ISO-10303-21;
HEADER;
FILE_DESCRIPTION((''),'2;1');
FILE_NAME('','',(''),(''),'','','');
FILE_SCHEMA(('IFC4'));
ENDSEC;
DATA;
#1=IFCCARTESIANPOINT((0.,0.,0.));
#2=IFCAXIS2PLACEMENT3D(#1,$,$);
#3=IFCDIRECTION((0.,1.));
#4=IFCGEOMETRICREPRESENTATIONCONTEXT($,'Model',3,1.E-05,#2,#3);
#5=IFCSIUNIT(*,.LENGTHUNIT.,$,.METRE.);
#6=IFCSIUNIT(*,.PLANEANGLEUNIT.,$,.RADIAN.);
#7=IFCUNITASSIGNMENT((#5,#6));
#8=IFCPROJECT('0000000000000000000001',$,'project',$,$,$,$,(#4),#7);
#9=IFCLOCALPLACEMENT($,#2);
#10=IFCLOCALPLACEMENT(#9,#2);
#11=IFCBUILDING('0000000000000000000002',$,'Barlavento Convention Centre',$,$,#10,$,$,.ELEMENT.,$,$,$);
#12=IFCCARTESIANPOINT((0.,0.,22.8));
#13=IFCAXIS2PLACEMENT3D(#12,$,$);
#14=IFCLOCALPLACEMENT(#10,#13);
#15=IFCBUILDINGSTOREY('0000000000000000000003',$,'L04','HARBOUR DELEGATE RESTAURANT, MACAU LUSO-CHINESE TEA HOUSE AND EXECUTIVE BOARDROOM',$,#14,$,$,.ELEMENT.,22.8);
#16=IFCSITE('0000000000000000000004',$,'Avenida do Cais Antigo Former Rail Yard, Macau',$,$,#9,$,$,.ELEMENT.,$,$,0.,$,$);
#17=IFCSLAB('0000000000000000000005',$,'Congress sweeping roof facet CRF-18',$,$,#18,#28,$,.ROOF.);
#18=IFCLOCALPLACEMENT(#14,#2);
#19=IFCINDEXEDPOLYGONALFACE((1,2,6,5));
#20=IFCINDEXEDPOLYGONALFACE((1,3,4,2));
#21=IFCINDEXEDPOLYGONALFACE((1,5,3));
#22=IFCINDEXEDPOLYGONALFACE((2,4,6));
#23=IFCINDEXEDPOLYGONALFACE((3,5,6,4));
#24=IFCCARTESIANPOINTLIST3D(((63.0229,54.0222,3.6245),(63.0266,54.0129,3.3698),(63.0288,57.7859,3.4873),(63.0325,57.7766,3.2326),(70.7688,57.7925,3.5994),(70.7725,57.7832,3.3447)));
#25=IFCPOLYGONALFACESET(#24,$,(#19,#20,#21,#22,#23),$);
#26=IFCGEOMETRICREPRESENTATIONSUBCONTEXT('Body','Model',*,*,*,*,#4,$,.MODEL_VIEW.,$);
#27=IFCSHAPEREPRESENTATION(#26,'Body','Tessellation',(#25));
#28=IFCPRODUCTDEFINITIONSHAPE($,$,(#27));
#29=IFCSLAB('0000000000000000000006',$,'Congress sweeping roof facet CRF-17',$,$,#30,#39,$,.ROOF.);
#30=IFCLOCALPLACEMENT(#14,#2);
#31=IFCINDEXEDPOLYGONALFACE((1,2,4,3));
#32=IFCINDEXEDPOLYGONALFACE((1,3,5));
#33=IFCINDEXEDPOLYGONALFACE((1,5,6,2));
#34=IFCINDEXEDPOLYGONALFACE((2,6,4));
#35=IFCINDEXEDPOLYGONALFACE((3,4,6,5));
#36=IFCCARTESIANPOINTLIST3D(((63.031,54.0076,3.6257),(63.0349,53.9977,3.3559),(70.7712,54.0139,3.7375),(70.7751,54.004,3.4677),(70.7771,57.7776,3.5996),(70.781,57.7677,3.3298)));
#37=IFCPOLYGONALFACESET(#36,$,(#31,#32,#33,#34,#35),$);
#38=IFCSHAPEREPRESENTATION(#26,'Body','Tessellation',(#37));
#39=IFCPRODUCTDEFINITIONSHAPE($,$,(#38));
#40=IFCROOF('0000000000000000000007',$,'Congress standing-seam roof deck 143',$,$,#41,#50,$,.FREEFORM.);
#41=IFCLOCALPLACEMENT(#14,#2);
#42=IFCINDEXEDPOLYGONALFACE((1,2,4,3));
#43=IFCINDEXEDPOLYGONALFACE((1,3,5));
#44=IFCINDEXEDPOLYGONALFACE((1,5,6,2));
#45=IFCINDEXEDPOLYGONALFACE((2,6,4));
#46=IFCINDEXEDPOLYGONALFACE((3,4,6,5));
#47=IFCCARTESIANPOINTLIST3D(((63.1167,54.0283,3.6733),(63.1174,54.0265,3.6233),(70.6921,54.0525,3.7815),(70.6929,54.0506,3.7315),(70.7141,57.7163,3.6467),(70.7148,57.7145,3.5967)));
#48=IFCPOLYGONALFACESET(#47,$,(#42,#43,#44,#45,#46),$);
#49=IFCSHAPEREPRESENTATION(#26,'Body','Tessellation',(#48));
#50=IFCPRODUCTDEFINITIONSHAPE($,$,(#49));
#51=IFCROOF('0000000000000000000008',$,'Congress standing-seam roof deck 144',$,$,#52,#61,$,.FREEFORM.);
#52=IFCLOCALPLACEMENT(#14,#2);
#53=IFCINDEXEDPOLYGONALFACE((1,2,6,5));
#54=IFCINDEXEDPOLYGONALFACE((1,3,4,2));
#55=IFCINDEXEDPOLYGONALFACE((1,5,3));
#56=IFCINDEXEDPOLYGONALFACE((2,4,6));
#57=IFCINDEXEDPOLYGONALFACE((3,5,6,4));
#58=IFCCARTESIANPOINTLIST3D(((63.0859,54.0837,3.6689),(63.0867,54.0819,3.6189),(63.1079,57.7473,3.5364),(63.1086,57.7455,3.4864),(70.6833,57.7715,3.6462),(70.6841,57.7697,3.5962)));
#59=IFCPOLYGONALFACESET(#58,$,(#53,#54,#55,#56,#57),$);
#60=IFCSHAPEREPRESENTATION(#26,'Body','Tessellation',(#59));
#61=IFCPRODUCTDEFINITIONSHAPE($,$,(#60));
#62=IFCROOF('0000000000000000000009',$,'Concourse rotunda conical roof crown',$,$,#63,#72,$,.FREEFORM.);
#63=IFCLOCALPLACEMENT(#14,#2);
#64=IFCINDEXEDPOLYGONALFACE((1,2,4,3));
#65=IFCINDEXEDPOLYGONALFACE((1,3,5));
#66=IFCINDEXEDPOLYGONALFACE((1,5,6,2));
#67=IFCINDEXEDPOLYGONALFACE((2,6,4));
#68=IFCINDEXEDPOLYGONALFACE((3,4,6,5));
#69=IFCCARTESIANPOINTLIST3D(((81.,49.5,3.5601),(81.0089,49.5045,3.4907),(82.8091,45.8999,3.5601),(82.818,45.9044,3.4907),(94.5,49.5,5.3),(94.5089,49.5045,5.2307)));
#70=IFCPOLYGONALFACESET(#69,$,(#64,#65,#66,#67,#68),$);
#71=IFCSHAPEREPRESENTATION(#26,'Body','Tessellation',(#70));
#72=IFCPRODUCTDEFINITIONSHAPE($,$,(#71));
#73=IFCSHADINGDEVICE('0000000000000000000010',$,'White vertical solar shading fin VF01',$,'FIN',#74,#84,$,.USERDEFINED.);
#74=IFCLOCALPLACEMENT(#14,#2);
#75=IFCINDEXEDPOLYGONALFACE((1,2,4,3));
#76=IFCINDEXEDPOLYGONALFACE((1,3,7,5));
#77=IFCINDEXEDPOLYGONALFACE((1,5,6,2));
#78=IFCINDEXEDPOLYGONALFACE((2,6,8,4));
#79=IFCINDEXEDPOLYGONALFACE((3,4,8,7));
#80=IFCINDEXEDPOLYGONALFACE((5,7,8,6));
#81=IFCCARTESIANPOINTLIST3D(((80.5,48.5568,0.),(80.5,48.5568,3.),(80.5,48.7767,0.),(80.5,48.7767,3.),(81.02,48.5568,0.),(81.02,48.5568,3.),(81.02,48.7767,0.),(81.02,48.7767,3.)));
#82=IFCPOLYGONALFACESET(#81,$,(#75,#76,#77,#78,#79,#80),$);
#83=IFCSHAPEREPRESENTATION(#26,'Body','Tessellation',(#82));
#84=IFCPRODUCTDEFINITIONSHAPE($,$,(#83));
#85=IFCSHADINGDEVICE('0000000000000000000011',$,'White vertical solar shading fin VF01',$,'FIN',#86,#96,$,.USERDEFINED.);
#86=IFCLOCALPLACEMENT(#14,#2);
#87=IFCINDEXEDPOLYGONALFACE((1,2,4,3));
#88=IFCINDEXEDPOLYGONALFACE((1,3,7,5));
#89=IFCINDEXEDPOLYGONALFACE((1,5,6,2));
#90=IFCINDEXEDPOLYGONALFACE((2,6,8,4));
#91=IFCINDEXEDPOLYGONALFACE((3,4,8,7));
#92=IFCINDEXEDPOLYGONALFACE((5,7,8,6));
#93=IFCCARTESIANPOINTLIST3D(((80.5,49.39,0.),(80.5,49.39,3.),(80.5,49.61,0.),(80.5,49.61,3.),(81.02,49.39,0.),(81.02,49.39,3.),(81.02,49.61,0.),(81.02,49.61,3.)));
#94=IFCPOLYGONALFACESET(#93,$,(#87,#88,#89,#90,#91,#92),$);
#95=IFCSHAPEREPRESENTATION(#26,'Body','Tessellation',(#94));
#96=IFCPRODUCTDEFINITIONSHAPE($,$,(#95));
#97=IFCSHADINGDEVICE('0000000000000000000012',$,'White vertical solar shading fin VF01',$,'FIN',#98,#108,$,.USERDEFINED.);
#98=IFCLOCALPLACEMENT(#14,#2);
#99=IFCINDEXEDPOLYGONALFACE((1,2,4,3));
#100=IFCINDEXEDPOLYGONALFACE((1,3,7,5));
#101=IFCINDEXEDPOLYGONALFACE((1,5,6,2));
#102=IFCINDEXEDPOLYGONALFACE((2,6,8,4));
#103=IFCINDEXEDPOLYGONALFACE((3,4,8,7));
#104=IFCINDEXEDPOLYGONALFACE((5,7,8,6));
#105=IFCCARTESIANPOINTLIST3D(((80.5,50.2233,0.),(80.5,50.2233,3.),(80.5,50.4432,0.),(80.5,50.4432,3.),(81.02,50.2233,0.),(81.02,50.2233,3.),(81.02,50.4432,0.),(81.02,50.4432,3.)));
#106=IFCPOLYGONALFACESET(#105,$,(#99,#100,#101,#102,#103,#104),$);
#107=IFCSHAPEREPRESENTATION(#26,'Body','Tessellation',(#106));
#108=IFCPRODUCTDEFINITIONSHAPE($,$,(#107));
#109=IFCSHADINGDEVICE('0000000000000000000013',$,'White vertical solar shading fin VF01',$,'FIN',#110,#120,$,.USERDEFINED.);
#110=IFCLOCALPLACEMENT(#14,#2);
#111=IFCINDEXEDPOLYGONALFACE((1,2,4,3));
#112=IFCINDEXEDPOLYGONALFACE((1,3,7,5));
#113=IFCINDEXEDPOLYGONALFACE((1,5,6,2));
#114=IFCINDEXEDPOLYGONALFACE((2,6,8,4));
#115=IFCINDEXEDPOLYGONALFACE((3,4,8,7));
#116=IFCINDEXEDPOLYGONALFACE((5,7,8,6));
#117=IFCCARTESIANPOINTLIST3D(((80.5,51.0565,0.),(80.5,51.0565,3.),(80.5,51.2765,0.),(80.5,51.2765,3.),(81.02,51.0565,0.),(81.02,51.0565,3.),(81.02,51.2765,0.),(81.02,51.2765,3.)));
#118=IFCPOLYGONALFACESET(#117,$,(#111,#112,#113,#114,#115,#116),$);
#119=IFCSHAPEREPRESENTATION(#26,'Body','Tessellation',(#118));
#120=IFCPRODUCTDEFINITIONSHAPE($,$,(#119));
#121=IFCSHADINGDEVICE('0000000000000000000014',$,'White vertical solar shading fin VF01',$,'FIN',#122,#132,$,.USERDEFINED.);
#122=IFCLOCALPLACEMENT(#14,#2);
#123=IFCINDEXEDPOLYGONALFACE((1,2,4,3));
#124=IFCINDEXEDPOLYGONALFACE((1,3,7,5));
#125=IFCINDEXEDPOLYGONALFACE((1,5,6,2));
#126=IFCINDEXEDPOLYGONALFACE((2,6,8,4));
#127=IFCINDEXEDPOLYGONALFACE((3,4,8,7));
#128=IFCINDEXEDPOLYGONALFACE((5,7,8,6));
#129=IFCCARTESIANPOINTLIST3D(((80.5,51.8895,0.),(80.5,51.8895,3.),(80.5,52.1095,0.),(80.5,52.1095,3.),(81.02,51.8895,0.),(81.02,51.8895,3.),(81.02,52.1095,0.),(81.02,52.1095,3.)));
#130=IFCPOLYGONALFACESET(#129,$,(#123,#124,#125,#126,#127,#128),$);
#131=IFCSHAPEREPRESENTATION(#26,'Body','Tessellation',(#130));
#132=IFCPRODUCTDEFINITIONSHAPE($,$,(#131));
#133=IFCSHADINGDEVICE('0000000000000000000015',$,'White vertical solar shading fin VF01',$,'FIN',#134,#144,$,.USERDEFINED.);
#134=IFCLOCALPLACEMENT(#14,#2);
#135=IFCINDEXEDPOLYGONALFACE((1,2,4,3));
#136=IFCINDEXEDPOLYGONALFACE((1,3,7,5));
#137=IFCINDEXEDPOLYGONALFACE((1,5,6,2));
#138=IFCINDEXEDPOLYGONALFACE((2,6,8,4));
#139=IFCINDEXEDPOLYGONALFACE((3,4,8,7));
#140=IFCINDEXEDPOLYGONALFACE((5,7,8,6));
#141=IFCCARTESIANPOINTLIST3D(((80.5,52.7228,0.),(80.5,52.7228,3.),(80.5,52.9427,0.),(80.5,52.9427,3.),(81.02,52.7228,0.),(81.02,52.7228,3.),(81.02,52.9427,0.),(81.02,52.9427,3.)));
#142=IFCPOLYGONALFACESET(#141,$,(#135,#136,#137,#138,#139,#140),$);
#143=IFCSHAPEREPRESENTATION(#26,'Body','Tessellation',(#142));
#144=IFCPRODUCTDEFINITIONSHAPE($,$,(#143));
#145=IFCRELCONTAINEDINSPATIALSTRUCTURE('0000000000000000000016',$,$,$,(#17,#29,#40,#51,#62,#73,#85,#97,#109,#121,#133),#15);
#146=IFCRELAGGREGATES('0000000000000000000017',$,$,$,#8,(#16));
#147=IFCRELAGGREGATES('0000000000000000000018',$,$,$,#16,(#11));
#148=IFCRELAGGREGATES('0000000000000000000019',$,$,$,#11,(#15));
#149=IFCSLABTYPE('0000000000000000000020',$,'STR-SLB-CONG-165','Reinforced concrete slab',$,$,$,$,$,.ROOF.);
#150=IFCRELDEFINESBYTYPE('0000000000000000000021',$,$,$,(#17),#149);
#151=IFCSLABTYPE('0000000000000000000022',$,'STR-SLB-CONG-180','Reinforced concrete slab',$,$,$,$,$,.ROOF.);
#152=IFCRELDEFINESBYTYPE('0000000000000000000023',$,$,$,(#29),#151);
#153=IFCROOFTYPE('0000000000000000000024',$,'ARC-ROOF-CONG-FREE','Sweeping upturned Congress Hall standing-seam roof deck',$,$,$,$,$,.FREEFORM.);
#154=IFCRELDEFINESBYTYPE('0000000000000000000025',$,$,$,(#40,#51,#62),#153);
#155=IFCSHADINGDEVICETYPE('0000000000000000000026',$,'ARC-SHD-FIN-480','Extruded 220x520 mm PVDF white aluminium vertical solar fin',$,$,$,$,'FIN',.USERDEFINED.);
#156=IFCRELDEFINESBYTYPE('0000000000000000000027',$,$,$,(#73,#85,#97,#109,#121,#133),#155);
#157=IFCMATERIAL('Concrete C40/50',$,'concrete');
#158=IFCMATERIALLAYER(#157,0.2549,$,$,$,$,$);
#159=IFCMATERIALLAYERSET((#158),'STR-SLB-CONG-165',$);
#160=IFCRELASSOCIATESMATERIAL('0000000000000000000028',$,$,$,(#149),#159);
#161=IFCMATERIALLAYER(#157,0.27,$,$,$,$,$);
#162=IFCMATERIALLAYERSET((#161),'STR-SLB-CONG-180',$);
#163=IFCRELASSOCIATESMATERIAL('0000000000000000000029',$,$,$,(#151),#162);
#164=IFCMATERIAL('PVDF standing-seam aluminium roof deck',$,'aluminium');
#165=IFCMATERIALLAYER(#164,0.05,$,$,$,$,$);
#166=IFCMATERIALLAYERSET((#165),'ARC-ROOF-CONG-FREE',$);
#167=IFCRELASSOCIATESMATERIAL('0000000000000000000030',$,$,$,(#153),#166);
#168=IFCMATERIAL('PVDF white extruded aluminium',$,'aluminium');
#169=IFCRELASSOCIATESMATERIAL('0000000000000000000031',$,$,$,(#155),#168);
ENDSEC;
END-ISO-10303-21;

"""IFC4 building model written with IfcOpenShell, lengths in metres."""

from ifc_helpers import new_model, si_unit, direction, frame, origin, origin_2d, place, context, subcontext, project, spatial, polyline, rectangle, outline, extrude, material, layer, layer_set, type_object, element, save


model = new_model("IFC4")

# Units and contexts
model_context = context("Model", 3, precision=1e-05, world=origin(), true_north=direction((0.0, 1.0)))
body_context = subcontext(model_context, "Body", "Model", "MODEL_VIEW")
ifc_project = project(units=[si_unit("LENGTHUNIT", "METRE"), si_unit("PLANEANGLEUNIT", "RADIAN")], contexts=[model_context])

# Site, building, storey
site_placement = place(None, origin())
site = spatial("IfcSite", under=ifc_project, at=site_placement, Name="Avenida do Cais Antigo Former Rail Yard, Macau", CompositionType="ELEMENT", RefElevation=0.0)
building_placement = place(site_placement, origin())
building = spatial("IfcBuilding", under=site, at=building_placement, Name="Barlavento Convention Centre", CompositionType="ELEMENT")
storey_placement = place(building_placement, frame((0.0, 0.0, 22.8)))
storey = spatial("IfcBuildingStorey", under=building, at=storey_placement, Name="L04", Description="HARBOUR DELEGATE RESTAURANT, MACAU LUSO-CHINESE TEA HOUSE AND EXECUTIVE BOARDROOM", CompositionType="ELEMENT", Elevation=22.8)

# Slabs
ifc_material_1 = material(Name="Concrete C40/50", Category="concrete")
ifc_layer_1 = layer(ifc_material_1, 0.2549)
ifc_layer_set_1 = layer_set([ifc_layer_1], Name="STR-SLB-CONG-165")
slab_type_1 = type_object("IfcSlabType", Name="STR-SLB-CONG-165", Description="Reinforced concrete slab", PredefinedType="ROOF", material=ifc_layer_set_1)
slab_1_placement = place(storey_placement, frame((63.0229, 54.0222, 3.6245), z_axis=(-0.014498, 0.03645, 0.99923), x_axis=(0.899139, 0.437653, -0.002919)))
element("IfcSlab", 1, at=slab_1_placement, inside=storey, type_object=slab_type_1, Name="Congress sweeping roof facet CRF-18", PredefinedType="ROOF", context=body_context, shape_type="SweptSolid", body=[
    extrude(outline(polyline([(0.0, 0.0), (8.6147, 0.0), (1.6529, 3.3841), (0.0, 0.0)])), origin(), (0.0, 0.0, -1.0), 0.2549),
])
ifc_layer_2 = layer(ifc_material_1, 0.27)
ifc_layer_set_2 = layer_set([ifc_layer_2], Name="STR-SLB-CONG-180")
slab_type_2 = type_object("IfcSlabType", Name="STR-SLB-CONG-180", Description="Reinforced concrete slab", PredefinedType="ROOF", material=ifc_layer_set_2)
slab_2_placement = place(storey_placement, frame((63.031, 54.0076, 3.6257), z_axis=(-0.014465, 0.036644, 0.999224), x_axis=(0.999895, 0.00082, 0.014445)))
element("IfcSlab", 2, at=slab_2_placement, inside=storey, type_object=slab_type_2, Name="Congress sweeping roof facet CRF-17", PredefinedType="ROOF", context=body_context, shape_type="SweptSolid", body=[
    extrude(outline(polyline([(0.0, 0.0), (7.741, 0.0), (7.748, 3.7662), (0.0, 0.0)])), origin(), (0.0, 0.0, -1.0), 0.27),
])

# Roofs
ifc_material_2 = material(Name="PVDF standing-seam aluminium roof deck", Category="aluminium")
ifc_layer_3 = layer(ifc_material_2, 0.05)
ifc_layer_set_3 = layer_set([ifc_layer_3], Name="ARC-ROOF-CONG-FREE")
roof_type = type_object("IfcRoofType", Name="ARC-ROOF-CONG-FREE", Description="Sweeping upturned Congress Hall standing-seam roof deck", PredefinedType="FREEFORM", material=ifc_layer_set_3)
roof_1_placement = place(storey_placement, frame((63.1167, 54.0283, 3.6733), z_axis=(-0.014383, 0.03684, 0.999218), x_axis=(0.999893, 0.00319, 0.014275)))
element("IfcRoof", 3, at=roof_1_placement, inside=storey, type_object=roof_type, Name="Congress standing-seam roof deck 143", PredefinedType="FREEFORM", context=body_context, shape_type="SweptSolid", body=[
    extrude(outline(polyline([(0.0, 0.0), (7.5763, 0.0), (7.608, 3.6662), (0.0, 0.0)])), origin(), (0.0, 0.0, -1.0), 0.05),
])
roof_2_placement = place(storey_placement, frame((63.0859, 54.0837, 3.6689), z_axis=(-0.014607, 0.036245, 0.999236), x_axis=(0.899618, 0.43667, -0.002689)))
element("IfcRoof", 4, at=roof_2_placement, inside=storey, type_object=roof_type, Name="Congress standing-seam roof deck 144", PredefinedType="FREEFORM", context=body_context, shape_type="SweptSolid", body=[
    extrude(outline(polyline([(0.0, 0.0), (8.4452, 0.0), (1.6199, 3.2887), (0.0, 0.0)])), origin(), (0.0, 0.0, -1.0), 0.05),
])
roof_3_placement = place(storey_placement, frame((81.0, 49.5, 3.5601), z_axis=(-0.127568, -0.064104, 0.989756), x_axis=(0.449006, -0.893529, 0.0)))
element("IfcRoof", 5, at=roof_3_placement, inside=storey, type_object=roof_type, Name="Concourse rotunda conical roof crown", PredefinedType="FREEFORM", context=body_context, shape_type="SweptSolid", body=[
    extrude(outline(polyline([(0.0, 0.0), (4.0291, 0.0), (6.0616, 12.1875), (0.0, 0.0)])), origin(), (0.0, 0.0, -1.0), 0.0701),
])

# Shading devices
ifc_material_3 = material(Name="PVDF white extruded aluminium", Category="aluminium")
shading_device_type = type_object("IfcShadingDeviceType", Name="ARC-SHD-FIN-480", Description="Extruded 220x520 mm PVDF white aluminium vertical solar fin", ElementType="FIN", PredefinedType="USERDEFINED", material=ifc_material_3)
for number, where, z_axis, x_axis, name in (
    (6, (80.76, 48.6667, 0.0), (0.0, 0.0, 1.0), (0.0, 1.0, 0.0), "White vertical solar shading fin VF01"),
    (7, (80.76, 49.5, 0.0), (0.0, 0.0, 1.0), (0.0, 1.0, 0.0), "White vertical solar shading fin VF01"),
    (8, (80.76, 50.3333, 0.0), (0.0, 0.0, 1.0), (0.0, 1.0, 0.0), "White vertical solar shading fin VF01"),
    (9, (80.76, 51.1665, 0.0), (0.0, 0.0, 1.0), (0.0, 1.0, 0.0), "White vertical solar shading fin VF01"),
    (10, (80.76, 51.9995, 0.0), (0.0, 0.0, 1.0), (0.0, 1.0, 0.0), "White vertical solar shading fin VF01"),
    (11, (80.76, 52.8328, 0.0), (0.0, 0.0, 1.0), (0.0, 1.0, 0.0), "White vertical solar shading fin VF01"),
):
    element("IfcShadingDevice", number, at=place(storey_placement, frame(where, z_axis=z_axis, x_axis=x_axis)), inside=storey, type_object=shading_device_type, Name=name, ObjectType="FIN", PredefinedType="USERDEFINED", context=body_context, shape_type="SweptSolid", body=[
        extrude(rectangle(XDim=0.22, YDim=0.52, at=origin_2d()), origin(), (0.0, 0.0, 1.0), 3.0),
    ])

save(model, "model.ifc")
